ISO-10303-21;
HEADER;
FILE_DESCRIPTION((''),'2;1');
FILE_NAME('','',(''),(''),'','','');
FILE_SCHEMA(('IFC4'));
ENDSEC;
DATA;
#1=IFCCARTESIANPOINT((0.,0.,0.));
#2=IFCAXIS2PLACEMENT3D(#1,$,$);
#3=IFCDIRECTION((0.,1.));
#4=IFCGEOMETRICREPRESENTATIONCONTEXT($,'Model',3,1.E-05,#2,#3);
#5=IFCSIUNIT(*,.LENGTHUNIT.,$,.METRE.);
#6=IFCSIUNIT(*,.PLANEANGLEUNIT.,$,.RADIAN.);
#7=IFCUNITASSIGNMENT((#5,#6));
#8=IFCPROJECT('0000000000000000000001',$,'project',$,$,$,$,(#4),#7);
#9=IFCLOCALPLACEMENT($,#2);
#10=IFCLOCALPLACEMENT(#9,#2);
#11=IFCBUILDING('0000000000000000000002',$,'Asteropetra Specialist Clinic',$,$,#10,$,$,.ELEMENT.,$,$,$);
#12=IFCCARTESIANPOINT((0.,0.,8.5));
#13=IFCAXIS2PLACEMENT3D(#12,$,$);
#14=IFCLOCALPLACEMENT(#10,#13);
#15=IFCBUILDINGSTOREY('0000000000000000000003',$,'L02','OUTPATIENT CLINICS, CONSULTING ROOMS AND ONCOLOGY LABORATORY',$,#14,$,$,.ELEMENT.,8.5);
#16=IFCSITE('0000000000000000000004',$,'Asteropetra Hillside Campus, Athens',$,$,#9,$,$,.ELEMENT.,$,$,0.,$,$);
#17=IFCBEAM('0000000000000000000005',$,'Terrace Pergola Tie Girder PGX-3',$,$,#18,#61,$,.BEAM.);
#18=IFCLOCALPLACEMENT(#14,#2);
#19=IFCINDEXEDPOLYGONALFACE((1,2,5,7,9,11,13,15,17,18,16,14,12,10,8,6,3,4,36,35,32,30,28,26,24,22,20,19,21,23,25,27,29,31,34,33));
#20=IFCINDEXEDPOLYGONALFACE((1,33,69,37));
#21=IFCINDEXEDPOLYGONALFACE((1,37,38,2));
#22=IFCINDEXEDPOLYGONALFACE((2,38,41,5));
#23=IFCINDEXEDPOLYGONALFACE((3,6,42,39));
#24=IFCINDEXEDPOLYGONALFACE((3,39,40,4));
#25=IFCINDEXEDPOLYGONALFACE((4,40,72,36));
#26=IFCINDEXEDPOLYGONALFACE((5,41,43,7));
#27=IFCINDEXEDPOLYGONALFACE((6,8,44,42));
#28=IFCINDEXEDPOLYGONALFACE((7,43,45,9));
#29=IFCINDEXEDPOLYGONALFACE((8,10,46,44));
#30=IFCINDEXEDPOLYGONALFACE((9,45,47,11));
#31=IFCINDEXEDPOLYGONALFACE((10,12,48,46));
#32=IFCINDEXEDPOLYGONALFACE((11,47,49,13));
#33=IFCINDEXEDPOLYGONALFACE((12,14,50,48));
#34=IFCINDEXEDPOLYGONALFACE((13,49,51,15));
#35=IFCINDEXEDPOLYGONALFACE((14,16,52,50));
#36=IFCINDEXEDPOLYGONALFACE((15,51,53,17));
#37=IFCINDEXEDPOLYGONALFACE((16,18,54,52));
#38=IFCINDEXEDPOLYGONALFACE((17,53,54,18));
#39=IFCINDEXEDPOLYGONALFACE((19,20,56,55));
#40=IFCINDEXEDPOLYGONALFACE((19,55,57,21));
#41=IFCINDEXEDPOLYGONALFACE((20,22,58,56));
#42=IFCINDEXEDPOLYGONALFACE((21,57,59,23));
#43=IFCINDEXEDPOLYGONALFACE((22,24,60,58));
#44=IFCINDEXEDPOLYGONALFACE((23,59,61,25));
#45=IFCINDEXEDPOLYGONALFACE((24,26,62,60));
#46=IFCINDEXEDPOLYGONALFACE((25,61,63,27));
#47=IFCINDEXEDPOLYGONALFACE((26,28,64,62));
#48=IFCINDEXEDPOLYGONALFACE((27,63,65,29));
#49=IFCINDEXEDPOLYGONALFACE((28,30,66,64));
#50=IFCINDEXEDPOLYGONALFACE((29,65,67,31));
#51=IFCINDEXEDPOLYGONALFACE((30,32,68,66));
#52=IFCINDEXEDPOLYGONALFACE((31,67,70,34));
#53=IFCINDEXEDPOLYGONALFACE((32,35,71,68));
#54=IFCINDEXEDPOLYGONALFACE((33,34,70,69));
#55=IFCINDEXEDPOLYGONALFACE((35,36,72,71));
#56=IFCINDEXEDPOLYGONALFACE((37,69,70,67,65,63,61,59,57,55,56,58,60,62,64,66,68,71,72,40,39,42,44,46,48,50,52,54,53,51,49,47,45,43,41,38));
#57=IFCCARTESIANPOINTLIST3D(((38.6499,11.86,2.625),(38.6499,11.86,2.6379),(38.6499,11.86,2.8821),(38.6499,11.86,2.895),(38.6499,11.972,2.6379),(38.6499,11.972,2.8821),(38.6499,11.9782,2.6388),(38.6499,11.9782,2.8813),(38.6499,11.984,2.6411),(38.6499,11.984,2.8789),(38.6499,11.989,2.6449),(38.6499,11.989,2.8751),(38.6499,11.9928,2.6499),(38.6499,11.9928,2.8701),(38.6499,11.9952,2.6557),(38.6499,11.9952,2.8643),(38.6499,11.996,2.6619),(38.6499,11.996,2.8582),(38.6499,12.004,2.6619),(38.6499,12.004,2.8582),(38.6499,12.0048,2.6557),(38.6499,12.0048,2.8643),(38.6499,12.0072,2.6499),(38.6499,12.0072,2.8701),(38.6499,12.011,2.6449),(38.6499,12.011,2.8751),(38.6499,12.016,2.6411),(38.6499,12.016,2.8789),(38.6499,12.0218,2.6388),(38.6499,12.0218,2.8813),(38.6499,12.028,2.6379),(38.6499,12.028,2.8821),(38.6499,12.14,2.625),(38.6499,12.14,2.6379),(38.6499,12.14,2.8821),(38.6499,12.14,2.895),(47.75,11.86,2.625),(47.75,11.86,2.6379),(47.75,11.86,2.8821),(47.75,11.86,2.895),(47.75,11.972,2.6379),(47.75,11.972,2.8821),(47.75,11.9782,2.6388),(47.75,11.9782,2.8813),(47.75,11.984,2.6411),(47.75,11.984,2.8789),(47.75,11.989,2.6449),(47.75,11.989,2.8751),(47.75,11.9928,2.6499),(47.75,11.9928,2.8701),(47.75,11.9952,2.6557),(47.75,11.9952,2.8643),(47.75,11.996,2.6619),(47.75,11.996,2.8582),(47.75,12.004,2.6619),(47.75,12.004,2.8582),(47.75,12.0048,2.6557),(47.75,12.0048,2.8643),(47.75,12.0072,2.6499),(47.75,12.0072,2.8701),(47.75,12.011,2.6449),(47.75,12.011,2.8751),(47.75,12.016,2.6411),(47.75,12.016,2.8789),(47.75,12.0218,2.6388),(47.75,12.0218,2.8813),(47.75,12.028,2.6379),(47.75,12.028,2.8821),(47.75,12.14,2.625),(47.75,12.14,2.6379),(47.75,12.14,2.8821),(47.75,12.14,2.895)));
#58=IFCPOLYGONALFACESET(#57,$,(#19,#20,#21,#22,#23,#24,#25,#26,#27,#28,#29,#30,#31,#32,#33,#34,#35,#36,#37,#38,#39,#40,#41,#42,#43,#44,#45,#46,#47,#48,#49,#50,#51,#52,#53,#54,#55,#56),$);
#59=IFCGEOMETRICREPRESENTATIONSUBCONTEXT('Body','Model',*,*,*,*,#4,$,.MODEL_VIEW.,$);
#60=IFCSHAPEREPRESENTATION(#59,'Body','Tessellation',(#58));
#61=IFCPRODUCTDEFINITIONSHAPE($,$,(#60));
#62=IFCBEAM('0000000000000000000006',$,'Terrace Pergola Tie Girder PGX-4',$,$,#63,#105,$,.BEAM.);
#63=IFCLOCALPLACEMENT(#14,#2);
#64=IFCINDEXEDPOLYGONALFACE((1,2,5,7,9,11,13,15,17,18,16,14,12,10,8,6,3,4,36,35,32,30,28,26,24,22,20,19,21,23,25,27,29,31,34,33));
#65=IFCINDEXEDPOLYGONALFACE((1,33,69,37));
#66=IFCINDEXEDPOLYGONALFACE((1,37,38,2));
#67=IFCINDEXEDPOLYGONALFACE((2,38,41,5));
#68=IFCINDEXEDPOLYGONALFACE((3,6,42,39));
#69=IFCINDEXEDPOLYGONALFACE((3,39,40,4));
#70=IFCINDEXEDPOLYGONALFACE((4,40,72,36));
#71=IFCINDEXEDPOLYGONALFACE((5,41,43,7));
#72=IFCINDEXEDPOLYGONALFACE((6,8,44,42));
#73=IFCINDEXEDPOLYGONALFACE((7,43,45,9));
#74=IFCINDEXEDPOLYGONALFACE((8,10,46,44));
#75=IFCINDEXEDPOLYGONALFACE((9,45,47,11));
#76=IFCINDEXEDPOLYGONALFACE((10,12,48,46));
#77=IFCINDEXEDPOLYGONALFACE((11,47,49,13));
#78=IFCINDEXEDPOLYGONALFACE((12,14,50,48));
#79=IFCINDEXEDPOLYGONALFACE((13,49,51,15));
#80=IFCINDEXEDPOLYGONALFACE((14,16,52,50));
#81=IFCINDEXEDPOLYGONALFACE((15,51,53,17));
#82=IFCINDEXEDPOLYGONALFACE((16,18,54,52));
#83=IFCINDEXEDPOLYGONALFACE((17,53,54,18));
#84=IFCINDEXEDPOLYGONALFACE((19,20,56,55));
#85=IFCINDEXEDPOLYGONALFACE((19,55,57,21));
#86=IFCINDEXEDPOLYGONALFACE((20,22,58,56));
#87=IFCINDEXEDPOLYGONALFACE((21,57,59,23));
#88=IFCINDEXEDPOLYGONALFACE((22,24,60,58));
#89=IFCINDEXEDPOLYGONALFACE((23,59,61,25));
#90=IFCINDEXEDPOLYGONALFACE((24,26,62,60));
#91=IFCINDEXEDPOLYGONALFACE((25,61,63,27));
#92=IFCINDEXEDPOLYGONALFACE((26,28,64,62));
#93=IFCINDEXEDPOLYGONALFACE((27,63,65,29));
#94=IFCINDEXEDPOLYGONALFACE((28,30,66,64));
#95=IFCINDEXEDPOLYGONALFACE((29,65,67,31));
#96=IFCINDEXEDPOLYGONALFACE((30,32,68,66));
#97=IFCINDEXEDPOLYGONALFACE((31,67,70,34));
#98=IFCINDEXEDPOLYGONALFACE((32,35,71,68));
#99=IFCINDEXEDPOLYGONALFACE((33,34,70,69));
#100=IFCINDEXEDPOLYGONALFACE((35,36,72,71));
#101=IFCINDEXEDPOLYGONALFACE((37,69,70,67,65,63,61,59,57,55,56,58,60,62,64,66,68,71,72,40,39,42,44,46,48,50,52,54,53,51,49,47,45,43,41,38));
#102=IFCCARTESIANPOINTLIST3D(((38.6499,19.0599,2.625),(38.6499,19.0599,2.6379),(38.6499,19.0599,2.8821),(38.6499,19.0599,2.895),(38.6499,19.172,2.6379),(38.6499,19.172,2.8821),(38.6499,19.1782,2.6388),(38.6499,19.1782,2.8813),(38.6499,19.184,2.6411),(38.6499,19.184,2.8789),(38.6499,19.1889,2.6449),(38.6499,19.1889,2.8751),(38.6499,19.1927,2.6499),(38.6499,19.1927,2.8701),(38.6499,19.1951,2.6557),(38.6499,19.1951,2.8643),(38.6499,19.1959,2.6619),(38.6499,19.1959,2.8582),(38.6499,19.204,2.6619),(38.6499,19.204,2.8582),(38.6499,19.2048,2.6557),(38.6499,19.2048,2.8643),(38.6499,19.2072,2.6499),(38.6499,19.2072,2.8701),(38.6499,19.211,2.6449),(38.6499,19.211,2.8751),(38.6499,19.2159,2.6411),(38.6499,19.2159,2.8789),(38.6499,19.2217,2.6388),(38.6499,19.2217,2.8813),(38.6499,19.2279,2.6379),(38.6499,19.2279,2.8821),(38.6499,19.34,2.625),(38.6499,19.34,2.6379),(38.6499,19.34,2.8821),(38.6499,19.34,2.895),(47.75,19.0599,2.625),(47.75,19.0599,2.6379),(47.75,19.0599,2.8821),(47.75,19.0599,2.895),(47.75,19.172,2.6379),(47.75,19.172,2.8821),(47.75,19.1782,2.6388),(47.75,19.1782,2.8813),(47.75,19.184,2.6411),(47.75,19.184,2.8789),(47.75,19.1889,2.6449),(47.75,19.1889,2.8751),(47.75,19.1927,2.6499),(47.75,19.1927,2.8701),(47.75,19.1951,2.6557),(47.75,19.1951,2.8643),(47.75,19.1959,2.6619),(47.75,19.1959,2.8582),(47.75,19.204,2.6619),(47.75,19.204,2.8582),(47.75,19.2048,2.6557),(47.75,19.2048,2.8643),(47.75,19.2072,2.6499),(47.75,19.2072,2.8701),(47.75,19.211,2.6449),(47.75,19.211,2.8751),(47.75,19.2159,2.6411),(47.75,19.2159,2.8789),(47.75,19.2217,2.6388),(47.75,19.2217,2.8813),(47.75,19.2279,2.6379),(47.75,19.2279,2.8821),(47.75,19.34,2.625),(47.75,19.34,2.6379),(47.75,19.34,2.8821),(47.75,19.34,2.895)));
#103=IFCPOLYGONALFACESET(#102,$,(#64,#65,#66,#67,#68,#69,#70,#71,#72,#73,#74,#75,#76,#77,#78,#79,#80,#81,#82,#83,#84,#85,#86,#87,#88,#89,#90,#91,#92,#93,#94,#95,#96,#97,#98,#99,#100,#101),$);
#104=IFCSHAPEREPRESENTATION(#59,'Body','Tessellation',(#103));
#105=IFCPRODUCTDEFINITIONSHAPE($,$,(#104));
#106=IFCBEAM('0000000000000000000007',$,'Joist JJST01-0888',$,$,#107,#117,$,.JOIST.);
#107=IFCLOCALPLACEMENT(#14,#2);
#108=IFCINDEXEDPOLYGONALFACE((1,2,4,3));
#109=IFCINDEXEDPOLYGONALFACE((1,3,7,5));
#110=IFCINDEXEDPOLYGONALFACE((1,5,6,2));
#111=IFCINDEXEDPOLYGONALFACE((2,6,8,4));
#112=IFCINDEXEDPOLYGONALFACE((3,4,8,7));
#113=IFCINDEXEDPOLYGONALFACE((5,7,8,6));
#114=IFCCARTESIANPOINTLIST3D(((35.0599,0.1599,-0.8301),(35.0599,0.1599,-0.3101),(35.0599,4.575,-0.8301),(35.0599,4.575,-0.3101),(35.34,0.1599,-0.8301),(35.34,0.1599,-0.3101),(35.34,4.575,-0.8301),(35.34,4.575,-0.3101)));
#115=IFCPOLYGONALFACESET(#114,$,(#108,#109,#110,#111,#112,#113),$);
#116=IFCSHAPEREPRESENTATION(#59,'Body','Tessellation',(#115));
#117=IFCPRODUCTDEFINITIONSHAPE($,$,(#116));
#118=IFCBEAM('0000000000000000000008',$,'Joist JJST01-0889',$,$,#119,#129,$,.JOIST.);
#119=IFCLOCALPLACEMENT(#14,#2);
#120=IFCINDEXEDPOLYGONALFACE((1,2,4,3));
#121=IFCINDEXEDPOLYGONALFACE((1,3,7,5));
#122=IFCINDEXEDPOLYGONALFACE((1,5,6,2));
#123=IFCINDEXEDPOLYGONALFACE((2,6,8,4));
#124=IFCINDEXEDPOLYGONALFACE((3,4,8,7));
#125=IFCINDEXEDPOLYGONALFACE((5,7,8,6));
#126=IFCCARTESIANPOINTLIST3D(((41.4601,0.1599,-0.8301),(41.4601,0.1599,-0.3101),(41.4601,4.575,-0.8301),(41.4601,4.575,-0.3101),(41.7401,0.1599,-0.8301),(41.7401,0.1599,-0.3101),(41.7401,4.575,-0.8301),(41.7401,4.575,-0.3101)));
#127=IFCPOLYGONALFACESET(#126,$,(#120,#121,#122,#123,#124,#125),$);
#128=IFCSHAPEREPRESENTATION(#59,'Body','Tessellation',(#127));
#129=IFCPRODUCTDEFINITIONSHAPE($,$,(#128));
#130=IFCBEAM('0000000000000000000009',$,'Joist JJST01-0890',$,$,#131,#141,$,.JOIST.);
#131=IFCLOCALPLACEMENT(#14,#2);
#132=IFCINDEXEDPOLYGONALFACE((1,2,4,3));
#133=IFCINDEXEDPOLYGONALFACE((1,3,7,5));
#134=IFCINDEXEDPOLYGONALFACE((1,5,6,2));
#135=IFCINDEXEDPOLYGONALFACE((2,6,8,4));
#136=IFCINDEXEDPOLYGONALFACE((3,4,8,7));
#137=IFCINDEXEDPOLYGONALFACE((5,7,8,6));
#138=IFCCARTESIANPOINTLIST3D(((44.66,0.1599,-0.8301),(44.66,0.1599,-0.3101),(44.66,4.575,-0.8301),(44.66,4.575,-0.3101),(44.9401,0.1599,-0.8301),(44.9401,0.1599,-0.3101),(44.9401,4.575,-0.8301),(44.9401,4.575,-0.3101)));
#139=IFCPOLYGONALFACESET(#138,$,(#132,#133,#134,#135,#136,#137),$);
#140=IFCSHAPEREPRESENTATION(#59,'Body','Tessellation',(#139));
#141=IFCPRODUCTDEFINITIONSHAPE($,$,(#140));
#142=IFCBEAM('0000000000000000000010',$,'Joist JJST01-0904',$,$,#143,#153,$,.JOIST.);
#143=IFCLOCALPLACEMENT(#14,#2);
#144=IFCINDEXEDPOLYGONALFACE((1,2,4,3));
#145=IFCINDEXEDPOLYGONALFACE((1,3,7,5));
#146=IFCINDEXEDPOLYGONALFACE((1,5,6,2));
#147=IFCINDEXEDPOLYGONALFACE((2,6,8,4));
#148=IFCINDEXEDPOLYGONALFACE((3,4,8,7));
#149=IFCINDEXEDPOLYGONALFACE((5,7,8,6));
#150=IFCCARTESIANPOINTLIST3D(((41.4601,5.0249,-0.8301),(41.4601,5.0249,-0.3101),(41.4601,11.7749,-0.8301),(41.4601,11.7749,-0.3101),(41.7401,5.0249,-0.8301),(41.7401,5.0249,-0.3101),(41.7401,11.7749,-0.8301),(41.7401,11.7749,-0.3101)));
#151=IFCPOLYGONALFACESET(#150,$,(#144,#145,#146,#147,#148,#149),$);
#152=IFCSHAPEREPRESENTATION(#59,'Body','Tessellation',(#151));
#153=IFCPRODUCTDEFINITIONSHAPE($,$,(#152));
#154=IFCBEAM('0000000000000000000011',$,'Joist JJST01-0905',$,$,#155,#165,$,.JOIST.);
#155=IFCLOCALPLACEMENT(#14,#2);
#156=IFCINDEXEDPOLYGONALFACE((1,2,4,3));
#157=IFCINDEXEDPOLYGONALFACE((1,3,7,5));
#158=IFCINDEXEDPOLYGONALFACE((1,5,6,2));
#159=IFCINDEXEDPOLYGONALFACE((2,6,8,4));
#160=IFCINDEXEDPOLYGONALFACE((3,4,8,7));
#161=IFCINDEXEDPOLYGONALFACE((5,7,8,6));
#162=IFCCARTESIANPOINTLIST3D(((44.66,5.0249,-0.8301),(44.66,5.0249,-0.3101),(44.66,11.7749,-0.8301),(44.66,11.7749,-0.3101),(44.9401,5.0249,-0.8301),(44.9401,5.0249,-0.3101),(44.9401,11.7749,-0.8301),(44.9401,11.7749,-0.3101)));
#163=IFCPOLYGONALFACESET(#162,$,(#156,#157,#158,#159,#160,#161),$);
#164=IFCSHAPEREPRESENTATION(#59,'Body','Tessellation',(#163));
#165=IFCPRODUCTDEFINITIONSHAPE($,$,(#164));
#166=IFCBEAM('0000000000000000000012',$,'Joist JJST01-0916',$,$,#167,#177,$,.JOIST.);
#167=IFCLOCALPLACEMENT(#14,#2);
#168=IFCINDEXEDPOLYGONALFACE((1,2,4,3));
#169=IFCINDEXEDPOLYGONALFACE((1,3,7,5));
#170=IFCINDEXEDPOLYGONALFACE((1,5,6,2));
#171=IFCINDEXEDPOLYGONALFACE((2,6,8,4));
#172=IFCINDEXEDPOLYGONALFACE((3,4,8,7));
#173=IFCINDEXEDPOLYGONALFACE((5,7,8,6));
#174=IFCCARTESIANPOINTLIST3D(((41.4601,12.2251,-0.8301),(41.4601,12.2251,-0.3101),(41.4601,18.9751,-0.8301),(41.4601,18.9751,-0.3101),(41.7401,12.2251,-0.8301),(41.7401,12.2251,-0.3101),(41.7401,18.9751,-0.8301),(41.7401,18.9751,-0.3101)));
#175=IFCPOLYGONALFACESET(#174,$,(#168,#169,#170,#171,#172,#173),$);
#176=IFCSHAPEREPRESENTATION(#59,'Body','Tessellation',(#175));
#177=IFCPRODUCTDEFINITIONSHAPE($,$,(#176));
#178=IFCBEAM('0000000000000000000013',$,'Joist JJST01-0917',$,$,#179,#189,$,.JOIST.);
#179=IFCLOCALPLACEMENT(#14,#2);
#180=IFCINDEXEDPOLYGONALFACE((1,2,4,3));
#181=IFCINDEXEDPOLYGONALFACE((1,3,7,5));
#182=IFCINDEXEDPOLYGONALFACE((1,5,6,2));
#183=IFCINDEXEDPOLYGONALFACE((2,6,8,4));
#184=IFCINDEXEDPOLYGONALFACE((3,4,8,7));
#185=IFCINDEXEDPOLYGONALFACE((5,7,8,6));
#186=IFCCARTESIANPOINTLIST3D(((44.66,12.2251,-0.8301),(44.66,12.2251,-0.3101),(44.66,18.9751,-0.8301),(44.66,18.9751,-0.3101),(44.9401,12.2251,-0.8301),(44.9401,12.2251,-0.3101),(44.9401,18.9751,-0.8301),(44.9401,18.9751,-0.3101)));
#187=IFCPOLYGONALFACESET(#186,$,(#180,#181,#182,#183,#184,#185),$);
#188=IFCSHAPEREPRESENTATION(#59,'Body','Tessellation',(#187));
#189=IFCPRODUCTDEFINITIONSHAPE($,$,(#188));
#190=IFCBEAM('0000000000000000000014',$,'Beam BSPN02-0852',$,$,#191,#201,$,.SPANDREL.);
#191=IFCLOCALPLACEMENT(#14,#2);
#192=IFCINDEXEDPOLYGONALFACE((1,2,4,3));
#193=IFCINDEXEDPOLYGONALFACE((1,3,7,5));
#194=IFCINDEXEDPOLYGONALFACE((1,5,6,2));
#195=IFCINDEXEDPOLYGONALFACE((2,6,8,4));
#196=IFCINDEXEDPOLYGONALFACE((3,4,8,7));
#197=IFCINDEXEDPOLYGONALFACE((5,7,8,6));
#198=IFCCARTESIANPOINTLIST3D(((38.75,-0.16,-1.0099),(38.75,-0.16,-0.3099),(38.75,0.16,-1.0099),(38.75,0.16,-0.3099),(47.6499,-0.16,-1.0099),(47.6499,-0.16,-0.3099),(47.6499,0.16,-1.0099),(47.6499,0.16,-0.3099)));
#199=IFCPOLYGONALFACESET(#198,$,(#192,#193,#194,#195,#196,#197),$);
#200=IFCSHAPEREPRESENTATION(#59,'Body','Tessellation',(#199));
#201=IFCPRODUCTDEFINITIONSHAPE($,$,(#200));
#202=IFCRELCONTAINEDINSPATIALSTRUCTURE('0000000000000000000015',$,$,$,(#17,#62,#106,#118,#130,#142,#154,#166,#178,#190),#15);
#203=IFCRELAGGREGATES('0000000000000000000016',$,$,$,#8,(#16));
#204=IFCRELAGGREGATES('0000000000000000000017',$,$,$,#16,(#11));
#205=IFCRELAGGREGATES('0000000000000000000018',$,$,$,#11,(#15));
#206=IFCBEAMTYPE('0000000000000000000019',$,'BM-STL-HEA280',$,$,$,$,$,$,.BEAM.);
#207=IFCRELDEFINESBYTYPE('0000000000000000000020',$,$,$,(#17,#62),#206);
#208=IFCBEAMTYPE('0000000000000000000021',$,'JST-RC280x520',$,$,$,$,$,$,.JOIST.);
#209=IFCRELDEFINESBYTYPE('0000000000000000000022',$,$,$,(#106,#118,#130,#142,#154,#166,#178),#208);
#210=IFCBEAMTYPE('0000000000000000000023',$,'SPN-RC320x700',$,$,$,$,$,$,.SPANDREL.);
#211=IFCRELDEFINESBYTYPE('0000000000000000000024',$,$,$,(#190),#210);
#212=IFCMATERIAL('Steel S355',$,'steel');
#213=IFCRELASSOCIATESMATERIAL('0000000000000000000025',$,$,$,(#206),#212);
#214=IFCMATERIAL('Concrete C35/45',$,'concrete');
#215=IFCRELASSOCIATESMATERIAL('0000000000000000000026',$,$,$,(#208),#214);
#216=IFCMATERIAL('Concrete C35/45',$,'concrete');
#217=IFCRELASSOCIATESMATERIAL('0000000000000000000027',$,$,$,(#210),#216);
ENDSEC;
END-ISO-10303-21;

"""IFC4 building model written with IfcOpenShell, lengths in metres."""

from ifc_helpers import new_model, si_unit, direction, frame, origin, origin_2d, place, context, subcontext, project, spatial, rectangle, i_section, extrude, material, material_profile, profile_set, type_object, element, save


model = new_model("IFC4")

# Units and contexts
model_context = context("Model", 3, precision=1e-05, world=origin(), true_north=direction((0.0, 1.0)))
body_context = subcontext(model_context, "Body", "Model", "MODEL_VIEW")
ifc_project = project(units=[si_unit("LENGTHUNIT", "METRE"), si_unit("PLANEANGLEUNIT", "RADIAN")], contexts=[model_context])

# Site, building, storey
site_placement = place(None, origin())
site = spatial("IfcSite", under=ifc_project, at=site_placement, Name="Asteropetra Hillside Campus, Athens", CompositionType="ELEMENT", RefElevation=0.0)
building_placement = place(site_placement, origin())
building = spatial("IfcBuilding", under=site, at=building_placement, Name="Asteropetra Specialist Clinic", CompositionType="ELEMENT")
storey_placement = place(building_placement, frame((0.0, 0.0, 8.5)))
storey = spatial("IfcBuildingStorey", under=building, at=storey_placement, Name="L02", Description="OUTPATIENT CLINICS, CONSULTING ROOMS AND ONCOLOGY LABORATORY", CompositionType="ELEMENT", Elevation=8.5)

# Beams
ifc_material_1 = material(Name="Steel S355", Category="steel")
ifc_material_profile_1 = material_profile(ifc_material_1, i_section(OverallWidth=0.28, OverallDepth=0.27, WebThickness=0.0081, FlangeThickness=0.0129, FilletRadius=0.0239, at=origin_2d()), Name="HEA 280")
ifc_profile_set_1 = profile_set([ifc_material_profile_1], Name="Steel S355")
beam_type_1 = type_object("IfcBeamType", Name="BM-STL-HEA280", PredefinedType="BEAM", material=ifc_profile_set_1)
for number, where, z_axis, x_axis, name in (
    (1, (38.6499, 12.0, 2.76), (1.0, 0.0, 0.0), (0.0, 1.0, 0.0), "Terrace Pergola Tie Girder PGX-3"),
    (2, (38.6499, 19.2, 2.76), (1.0, 0.0, 0.0), (0.0, 1.0, 0.0), "Terrace Pergola Tie Girder PGX-4"),
):
    element("IfcBeam", number, at=place(storey_placement, frame(where, z_axis=z_axis, x_axis=x_axis)), inside=storey, type_object=beam_type_1, Name=name, PredefinedType="BEAM", context=body_context, shape_type="SweptSolid", body=[
        extrude(i_section(OverallWidth=0.28, OverallDepth=0.27, WebThickness=0.0081, FlangeThickness=0.0129, FilletRadius=0.0239, at=origin_2d()), origin(), (0.0, 0.0, 1.0), 9.1001),
    ])
ifc_material_2 = material(Name="Concrete C35/45", Category="concrete")
ifc_material_profile_2 = material_profile(ifc_material_2, rectangle(XDim=0.28, YDim=0.52, at=origin_2d()), Name="RCJ 280x520")
ifc_profile_set_2 = profile_set([ifc_material_profile_2], Name="Concrete C35/45")
beam_type_2 = type_object("IfcBeamType", Name="JST-RC280x520", PredefinedType="JOIST", material=ifc_profile_set_2)
for number, where, z_axis, x_axis, name in (
    (3, (35.2, 0.1599, -0.5701), (0.0, 1.0, 0.0), (-1.0, 0.0, 0.0), "Joist JJST01-0888"),
    (4, (41.6001, 0.1599, -0.5701), (0.0, 1.0, 0.0), (-1.0, 0.0, 0.0), "Joist JJST01-0889"),
    (5, (44.8, 0.1599, -0.5701), (0.0, 1.0, 0.0), (-1.0, 0.0, 0.0), "Joist JJST01-0890"),
):
    element("IfcBeam", number, at=place(storey_placement, frame(where, z_axis=z_axis, x_axis=x_axis)), inside=storey, type_object=beam_type_2, Name=name, PredefinedType="JOIST", context=body_context, shape_type="SweptSolid", body=[
        extrude(rectangle(XDim=0.28, YDim=0.52, at=origin_2d()), origin(), (0.0, 0.0, 1.0), 4.415),
    ])
for number, where, z_axis, x_axis, name in (
    (6, (41.6001, 5.0249, -0.5701), (0.0, 1.0, 0.0), (-1.0, 0.0, 0.0), "Joist JJST01-0904"),
    (7, (44.8, 5.0249, -0.5701), (0.0, 1.0, 0.0), (-1.0, 0.0, 0.0), "Joist JJST01-0905"),
    (8, (41.6001, 12.2251, -0.5701), (0.0, 1.0, 0.0), (-1.0, 0.0, 0.0), "Joist JJST01-0916"),
    (9, (44.8, 12.2251, -0.5701), (0.0, 1.0, 0.0), (-1.0, 0.0, 0.0), "Joist JJST01-0917"),
):
    element("IfcBeam", number, at=place(storey_placement, frame(where, z_axis=z_axis, x_axis=x_axis)), inside=storey, type_object=beam_type_2, Name=name, PredefinedType="JOIST", context=body_context, shape_type="SweptSolid", body=[
        extrude(rectangle(XDim=0.28, YDim=0.52, at=origin_2d()), origin(), (0.0, 0.0, 1.0), 6.75),
    ])
ifc_material_3 = material(Name="Concrete C35/45", Category="concrete")
ifc_material_profile_3 = material_profile(ifc_material_3, rectangle(XDim=0.3201, YDim=0.7, at=origin_2d()), Name="RCS 320x700")
ifc_profile_set_3 = profile_set([ifc_material_profile_3], Name="Concrete C35/45")
beam_type_3 = type_object("IfcBeamType", Name="SPN-RC320x700", PredefinedType="SPANDREL", material=ifc_profile_set_3)
beam_1_placement = place(storey_placement, frame((38.75, 0.0, -0.6599), z_axis=(1.0, 0.0, 0.0), x_axis=(0.0, 1.0, 0.0)))
element("IfcBeam", 10, at=beam_1_placement, inside=storey, type_object=beam_type_3, Name="Beam BSPN02-0852", PredefinedType="SPANDREL", context=body_context, shape_type="SweptSolid", body=[
    extrude(rectangle(XDim=0.3201, YDim=0.7, at=origin_2d()), origin(), (0.0, 0.0, 1.0), 8.8999),
])

save(model, "model.ifc")
